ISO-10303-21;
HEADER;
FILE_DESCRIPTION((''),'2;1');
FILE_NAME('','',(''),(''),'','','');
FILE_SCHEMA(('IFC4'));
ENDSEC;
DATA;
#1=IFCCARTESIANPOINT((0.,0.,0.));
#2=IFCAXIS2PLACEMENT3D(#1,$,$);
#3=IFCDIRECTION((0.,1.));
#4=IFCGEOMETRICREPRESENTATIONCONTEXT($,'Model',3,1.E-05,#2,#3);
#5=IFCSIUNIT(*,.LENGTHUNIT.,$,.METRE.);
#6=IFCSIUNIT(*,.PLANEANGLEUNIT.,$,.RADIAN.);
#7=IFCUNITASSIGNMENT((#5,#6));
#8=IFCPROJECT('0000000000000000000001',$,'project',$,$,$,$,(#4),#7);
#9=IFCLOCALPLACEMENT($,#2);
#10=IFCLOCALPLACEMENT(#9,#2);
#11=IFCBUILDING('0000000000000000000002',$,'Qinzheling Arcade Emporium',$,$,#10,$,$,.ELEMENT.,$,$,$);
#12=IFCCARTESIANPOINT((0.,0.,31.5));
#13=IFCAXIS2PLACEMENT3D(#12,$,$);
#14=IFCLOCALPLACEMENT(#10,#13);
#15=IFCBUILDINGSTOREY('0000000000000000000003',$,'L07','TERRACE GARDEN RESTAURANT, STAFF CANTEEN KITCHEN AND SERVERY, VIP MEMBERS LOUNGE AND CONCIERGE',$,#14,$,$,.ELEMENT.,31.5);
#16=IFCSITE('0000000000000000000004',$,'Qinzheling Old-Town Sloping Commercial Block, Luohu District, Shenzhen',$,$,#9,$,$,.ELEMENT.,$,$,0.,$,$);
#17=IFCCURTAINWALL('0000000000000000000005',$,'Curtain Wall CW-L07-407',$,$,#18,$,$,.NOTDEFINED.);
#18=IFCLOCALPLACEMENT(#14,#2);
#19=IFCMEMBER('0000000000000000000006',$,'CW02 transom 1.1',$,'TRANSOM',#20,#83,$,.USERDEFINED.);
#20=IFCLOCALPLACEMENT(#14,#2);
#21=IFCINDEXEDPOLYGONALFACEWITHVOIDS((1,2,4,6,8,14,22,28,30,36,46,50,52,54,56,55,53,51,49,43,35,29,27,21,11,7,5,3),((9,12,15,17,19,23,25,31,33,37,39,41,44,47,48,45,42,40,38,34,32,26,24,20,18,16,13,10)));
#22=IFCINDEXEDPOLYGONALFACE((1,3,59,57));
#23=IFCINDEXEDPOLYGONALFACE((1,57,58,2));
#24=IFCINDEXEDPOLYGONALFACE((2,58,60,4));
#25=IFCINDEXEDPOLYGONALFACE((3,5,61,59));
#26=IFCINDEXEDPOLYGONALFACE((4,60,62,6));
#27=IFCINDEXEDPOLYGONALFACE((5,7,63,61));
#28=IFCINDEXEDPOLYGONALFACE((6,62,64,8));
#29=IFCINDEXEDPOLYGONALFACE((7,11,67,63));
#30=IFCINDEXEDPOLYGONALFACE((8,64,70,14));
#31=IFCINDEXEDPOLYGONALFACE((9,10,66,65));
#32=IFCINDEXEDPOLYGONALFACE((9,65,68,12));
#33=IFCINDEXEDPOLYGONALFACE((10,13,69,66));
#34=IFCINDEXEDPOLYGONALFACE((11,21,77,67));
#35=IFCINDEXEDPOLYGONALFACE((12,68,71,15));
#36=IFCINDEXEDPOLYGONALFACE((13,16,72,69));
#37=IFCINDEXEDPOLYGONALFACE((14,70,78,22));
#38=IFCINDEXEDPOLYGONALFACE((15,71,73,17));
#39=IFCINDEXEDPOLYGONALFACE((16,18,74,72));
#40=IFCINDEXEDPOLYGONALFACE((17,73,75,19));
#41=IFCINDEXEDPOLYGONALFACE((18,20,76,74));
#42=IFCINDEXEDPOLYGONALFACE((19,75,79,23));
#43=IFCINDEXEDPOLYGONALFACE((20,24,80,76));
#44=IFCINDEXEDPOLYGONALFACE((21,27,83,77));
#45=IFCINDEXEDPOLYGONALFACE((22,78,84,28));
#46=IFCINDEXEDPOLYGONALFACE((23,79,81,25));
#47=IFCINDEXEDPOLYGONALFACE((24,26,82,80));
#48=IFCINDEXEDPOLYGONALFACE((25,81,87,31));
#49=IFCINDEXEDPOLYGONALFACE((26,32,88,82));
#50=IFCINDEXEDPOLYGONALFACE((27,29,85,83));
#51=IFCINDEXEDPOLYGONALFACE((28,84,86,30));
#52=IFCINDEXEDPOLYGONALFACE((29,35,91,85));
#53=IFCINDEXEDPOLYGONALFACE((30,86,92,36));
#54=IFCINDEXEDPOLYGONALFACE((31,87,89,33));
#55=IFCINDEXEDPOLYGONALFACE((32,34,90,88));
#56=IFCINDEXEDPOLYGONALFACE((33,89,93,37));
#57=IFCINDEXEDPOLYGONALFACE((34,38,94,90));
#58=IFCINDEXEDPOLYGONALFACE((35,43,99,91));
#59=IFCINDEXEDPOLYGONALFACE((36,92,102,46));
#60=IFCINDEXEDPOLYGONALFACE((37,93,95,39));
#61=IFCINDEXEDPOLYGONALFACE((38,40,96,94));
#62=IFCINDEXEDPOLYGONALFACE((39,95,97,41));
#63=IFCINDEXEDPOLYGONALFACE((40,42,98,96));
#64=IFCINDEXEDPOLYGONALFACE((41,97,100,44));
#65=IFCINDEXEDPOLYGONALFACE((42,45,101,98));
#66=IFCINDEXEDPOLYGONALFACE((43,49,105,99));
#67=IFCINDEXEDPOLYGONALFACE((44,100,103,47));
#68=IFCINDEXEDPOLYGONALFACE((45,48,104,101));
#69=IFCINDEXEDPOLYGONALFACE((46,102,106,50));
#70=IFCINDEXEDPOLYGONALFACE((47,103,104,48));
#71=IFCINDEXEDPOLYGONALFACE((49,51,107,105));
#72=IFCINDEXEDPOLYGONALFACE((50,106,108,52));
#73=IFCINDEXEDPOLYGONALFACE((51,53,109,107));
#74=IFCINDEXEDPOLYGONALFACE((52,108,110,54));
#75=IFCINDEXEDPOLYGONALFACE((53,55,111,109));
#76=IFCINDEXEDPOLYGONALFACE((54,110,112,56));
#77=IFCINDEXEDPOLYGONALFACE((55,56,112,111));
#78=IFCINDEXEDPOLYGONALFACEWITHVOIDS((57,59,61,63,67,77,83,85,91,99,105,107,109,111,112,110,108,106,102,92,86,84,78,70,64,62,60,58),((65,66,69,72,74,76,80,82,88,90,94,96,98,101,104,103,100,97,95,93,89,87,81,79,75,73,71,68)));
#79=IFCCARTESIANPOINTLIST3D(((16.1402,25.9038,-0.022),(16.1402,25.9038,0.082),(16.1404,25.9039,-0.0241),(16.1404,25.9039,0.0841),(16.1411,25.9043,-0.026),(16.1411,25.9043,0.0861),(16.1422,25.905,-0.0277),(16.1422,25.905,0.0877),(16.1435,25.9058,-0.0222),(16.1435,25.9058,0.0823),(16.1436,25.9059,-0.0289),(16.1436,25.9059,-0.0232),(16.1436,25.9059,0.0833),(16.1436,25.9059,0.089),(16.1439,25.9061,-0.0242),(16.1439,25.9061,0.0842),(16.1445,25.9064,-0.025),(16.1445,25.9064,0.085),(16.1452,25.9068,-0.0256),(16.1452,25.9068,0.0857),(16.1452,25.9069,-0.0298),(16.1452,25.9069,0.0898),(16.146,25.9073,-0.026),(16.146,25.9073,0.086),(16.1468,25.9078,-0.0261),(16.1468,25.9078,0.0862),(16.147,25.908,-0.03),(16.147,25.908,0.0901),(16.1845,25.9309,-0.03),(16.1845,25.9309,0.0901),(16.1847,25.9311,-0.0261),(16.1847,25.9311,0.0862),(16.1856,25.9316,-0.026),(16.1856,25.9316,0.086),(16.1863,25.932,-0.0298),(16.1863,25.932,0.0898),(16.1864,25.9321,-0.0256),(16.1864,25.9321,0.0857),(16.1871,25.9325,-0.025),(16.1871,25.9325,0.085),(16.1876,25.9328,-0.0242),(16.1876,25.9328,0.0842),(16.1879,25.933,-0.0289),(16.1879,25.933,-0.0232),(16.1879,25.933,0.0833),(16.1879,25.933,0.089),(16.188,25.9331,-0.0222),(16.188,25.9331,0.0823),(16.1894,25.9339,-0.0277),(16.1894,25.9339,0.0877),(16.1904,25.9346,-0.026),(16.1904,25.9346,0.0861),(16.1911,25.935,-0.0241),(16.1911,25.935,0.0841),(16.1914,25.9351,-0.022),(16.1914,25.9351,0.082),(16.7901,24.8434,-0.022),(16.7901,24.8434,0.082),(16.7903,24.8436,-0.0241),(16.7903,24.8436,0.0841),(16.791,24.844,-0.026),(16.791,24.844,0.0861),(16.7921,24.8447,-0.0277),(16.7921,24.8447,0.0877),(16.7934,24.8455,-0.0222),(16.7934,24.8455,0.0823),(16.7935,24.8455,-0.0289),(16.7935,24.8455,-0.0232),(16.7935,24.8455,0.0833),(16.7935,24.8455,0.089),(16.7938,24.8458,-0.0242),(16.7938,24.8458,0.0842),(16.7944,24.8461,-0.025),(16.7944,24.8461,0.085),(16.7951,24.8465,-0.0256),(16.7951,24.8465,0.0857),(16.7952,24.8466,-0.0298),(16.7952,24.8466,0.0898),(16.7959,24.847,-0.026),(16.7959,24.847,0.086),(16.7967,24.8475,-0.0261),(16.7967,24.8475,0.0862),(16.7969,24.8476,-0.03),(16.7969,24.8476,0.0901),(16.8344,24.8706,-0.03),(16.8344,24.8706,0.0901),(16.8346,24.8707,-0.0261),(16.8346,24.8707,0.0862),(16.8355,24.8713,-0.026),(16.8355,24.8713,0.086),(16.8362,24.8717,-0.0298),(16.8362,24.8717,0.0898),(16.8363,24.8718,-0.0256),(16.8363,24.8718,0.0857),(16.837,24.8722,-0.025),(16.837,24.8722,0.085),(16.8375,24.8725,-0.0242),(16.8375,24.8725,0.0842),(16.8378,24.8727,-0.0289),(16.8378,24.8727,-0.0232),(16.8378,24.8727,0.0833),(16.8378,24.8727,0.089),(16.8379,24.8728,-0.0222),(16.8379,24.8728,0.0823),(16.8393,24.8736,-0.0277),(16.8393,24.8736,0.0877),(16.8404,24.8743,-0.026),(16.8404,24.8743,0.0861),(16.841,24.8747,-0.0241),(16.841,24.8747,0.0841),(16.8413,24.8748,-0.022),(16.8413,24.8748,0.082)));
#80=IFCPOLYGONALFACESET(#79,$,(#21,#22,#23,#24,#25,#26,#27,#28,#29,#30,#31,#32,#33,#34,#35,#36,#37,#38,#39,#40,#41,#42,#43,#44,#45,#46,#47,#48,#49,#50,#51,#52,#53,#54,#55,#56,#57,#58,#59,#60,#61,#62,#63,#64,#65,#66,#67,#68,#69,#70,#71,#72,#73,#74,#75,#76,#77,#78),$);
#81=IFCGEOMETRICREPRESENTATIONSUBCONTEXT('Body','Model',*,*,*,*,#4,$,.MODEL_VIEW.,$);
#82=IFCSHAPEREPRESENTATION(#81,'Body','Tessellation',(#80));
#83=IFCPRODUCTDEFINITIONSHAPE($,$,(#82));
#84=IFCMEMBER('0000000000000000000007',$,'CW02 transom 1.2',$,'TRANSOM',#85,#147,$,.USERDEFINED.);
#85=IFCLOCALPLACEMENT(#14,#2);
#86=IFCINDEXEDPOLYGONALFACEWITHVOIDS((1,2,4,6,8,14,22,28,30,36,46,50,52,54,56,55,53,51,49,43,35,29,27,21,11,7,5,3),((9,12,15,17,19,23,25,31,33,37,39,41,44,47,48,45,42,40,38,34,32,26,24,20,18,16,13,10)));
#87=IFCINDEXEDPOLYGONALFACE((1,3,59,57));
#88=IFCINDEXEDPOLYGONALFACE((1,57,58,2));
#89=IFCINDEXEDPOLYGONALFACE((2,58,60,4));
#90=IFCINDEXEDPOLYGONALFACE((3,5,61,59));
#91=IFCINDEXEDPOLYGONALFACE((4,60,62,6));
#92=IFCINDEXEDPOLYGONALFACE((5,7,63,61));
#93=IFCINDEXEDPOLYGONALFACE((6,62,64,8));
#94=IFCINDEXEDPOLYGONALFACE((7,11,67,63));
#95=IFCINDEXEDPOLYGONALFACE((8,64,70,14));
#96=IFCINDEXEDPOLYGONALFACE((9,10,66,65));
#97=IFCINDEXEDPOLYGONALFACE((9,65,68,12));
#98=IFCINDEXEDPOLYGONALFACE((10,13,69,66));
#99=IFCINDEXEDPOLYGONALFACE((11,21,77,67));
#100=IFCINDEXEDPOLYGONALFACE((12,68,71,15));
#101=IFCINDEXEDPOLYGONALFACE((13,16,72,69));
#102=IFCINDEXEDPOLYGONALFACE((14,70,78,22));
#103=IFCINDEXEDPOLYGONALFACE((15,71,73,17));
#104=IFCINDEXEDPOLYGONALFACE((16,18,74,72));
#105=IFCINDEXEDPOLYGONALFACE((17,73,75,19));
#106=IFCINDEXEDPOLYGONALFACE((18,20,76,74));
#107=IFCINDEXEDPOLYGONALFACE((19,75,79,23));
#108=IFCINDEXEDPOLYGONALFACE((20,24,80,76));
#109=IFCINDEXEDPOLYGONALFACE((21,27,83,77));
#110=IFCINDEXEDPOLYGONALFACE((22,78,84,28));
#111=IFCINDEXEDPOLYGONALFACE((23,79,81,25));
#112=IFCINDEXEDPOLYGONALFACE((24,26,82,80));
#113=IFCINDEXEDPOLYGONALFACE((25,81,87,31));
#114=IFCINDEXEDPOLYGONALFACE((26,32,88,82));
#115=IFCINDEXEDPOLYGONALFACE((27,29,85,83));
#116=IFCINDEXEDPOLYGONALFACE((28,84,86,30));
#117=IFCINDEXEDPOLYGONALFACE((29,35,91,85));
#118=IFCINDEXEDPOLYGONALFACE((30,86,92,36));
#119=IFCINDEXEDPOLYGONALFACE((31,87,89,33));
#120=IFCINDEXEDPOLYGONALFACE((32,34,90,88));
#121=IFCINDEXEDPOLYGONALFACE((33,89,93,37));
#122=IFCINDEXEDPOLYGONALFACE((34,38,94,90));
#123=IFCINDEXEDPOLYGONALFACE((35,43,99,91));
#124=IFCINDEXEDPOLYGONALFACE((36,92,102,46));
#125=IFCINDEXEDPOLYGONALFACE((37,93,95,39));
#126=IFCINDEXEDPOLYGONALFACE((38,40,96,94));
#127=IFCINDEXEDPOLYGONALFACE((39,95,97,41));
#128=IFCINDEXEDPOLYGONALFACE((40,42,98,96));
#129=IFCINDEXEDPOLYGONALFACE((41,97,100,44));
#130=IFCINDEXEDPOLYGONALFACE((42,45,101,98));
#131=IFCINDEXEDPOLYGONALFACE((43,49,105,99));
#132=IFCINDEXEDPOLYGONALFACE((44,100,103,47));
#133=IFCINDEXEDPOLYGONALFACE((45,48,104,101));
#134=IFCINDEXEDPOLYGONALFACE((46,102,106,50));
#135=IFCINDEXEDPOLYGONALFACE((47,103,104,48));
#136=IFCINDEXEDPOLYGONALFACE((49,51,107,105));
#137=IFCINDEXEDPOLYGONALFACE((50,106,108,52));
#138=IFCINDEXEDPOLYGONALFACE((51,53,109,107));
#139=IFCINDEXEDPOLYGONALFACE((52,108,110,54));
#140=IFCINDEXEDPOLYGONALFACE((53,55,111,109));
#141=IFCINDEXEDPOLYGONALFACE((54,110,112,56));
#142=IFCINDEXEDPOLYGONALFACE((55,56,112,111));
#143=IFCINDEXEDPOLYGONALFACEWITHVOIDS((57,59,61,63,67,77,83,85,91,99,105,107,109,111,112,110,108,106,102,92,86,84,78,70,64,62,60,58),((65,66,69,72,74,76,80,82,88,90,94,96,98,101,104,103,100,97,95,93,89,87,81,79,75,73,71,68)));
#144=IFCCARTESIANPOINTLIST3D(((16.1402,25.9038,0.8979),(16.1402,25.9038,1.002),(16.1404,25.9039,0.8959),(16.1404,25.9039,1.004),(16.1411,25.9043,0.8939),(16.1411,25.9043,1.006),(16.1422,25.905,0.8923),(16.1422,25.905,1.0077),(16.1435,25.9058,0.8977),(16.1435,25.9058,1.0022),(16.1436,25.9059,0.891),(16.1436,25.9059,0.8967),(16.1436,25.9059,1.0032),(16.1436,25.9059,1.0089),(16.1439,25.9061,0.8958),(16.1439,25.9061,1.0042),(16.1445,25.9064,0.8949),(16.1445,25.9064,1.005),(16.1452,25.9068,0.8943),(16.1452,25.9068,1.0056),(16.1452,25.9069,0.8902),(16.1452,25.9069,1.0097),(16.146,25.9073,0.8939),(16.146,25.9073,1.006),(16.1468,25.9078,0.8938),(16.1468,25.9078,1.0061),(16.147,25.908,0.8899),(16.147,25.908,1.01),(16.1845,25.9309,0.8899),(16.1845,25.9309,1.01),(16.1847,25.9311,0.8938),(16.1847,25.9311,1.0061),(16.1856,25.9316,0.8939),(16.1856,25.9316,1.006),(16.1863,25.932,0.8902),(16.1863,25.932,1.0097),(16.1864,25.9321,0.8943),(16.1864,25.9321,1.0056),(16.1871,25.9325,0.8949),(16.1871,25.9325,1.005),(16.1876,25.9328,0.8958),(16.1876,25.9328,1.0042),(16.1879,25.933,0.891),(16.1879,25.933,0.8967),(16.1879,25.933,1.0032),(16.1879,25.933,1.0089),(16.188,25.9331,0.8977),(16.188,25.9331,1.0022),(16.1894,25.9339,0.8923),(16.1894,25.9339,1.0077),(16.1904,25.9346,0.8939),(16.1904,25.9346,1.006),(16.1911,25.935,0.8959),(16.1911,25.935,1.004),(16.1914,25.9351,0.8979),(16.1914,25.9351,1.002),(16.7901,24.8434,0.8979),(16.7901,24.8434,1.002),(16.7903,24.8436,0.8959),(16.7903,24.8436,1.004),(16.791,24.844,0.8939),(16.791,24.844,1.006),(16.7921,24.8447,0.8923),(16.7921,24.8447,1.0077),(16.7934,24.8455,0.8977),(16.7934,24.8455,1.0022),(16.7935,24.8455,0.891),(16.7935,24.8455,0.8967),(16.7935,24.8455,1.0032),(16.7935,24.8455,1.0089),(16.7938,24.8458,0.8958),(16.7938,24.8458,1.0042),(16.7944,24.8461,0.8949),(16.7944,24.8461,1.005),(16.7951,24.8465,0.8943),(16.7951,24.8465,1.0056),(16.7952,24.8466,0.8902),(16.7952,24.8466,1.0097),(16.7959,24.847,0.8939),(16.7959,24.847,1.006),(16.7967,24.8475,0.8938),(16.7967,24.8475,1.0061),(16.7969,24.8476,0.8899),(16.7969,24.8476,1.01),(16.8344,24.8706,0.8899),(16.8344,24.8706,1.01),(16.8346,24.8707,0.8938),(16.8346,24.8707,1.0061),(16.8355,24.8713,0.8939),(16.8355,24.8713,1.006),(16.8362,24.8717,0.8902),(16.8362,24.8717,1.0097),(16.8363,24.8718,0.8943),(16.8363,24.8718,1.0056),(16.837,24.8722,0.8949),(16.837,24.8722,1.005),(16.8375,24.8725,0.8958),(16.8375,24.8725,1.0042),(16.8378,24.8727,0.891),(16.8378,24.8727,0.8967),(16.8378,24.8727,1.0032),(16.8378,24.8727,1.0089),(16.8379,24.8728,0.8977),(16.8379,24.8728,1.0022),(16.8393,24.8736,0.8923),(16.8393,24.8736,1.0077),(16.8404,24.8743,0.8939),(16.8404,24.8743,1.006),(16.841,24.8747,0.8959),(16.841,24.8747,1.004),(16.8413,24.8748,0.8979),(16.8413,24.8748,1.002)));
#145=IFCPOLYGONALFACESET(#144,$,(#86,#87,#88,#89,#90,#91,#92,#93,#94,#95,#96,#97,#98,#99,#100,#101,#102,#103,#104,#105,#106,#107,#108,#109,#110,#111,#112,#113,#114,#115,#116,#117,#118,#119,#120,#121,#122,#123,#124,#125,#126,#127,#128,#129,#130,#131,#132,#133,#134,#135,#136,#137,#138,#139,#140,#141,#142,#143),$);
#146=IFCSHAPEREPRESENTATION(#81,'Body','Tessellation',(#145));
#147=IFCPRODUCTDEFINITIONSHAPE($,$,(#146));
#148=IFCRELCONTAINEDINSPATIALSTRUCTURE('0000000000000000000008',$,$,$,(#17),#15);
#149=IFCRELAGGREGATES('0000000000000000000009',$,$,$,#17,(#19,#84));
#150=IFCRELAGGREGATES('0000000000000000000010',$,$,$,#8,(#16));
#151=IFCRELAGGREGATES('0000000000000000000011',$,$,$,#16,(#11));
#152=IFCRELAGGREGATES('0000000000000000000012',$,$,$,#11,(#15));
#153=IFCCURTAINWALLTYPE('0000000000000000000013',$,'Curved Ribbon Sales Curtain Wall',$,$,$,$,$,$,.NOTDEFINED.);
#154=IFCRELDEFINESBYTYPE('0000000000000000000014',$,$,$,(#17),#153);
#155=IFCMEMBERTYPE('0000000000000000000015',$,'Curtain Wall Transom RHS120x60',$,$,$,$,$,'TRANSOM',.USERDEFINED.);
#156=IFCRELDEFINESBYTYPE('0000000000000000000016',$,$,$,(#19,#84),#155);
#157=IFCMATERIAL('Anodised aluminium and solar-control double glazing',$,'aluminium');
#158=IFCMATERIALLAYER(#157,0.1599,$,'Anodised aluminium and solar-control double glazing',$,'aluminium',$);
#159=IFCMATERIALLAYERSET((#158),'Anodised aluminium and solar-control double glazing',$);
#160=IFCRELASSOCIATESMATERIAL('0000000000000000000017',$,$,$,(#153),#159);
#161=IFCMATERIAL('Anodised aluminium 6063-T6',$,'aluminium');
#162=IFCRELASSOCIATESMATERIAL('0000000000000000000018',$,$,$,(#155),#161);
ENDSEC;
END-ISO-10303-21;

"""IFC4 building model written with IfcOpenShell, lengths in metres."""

from ifc_helpers import new_model, si_unit, direction, frame, origin, origin_2d, place, context, subcontext, project, spatial, hollow_rectangle, extrude, material, layer, layer_set, material_profile, profile_set, type_object, element, aggregate, save


model = new_model("IFC4")

# Units and contexts
model_context = context("Model", 3, precision=1e-05, world=origin(), true_north=direction((0.0, 1.0)))
body_context = subcontext(model_context, "Body", "Model", "MODEL_VIEW")
ifc_project = project(units=[si_unit("LENGTHUNIT", "METRE"), si_unit("PLANEANGLEUNIT", "RADIAN")], contexts=[model_context])

# Site, building, storey
site_placement = place(None, origin())
site = spatial("IfcSite", under=ifc_project, at=site_placement, Name="Qinzheling Old-Town Sloping Commercial Block, Luohu District, Shenzhen", CompositionType="ELEMENT", RefElevation=0.0)
building_placement = place(site_placement, origin())
building = spatial("IfcBuilding", under=site, at=building_placement, Name="Qinzheling Arcade Emporium", CompositionType="ELEMENT")
storey_placement = place(building_placement, frame((0.0, 0.0, 31.5)))
storey = spatial("IfcBuildingStorey", under=building, at=storey_placement, Name="L07", Description="TERRACE GARDEN RESTAURANT, STAFF CANTEEN KITCHEN AND SERVERY, VIP MEMBERS LOUNGE AND CONCIERGE", CompositionType="ELEMENT", Elevation=31.5)

# Curtain wall
ifc_material_1 = material(Name="Anodised aluminium and solar-control double glazing", Category="aluminium")
ifc_layer_1 = layer(ifc_material_1, 0.1599, Name="Anodised aluminium and solar-control double glazing", Category="aluminium")
ifc_layer_set_1 = layer_set([ifc_layer_1], Name="Anodised aluminium and solar-control double glazing")
curtain_wall_type = type_object("IfcCurtainWallType", Name="Curved Ribbon Sales Curtain Wall", PredefinedType="NOTDEFINED", material=ifc_layer_set_1)
curtain_wall_1_placement = place(storey_placement, origin())
curtain_wall_1 = element("IfcCurtainWall", 1, at=curtain_wall_1_placement, inside=storey, type_object=curtain_wall_type, Name="Curtain Wall CW-L07-407", PredefinedType="NOTDEFINED")
ifc_material_2 = material(Name="Anodised aluminium 6063-T6", Category="aluminium")

# Members
ifc_material_profile_1 = material_profile(ifc_material_2, hollow_rectangle(XDim=0.0601, YDim=0.1201, WallThickness=0.0039, InnerFilletRadius=0.0039, OuterFilletRadius=0.0081, at=origin_2d()), Name="RHS 120x60x4", Category="aluminium")
ifc_profile_set_1 = profile_set([ifc_material_profile_1], Name="Anodised aluminium 6063-T6")
member_type_1 = type_object("IfcMemberType", Name="Curtain Wall Transom RHS120x60", ElementType="TRANSOM", PredefinedType="USERDEFINED", material=ifc_profile_set_1)
member_1_placement = place(storey_placement, frame((16.8157, 24.8591, 0.03), z_axis=(-0.522585, 0.852587, 0.0), x_axis=(-0.852587, -0.522585, 0.0)))
member_1 = element("IfcMember", 2, at=member_1_placement, type_object=member_type_1, Name="CW02 transom 1.1", ObjectType="TRANSOM", PredefinedType="USERDEFINED", context=body_context, shape_type="SweptSolid", body=[
    extrude(hollow_rectangle(XDim=0.0601, YDim=0.1201, WallThickness=0.0039, InnerFilletRadius=0.0039, OuterFilletRadius=0.0081, at=origin_2d()), origin(), (0.0, 0.0, 1.0), 1.2437),
])
member_2_placement = place(storey_placement, frame((16.8157, 24.8591, 0.95), z_axis=(-0.522585, 0.852587, 0.0), x_axis=(-0.852587, -0.522585, 0.0)))
member_2 = element("IfcMember", 3, at=member_2_placement, type_object=member_type_1, Name="CW02 transom 1.2", ObjectType="TRANSOM", PredefinedType="USERDEFINED", context=body_context, shape_type="SweptSolid", body=[
    extrude(hollow_rectangle(XDim=0.0601, YDim=0.1201, WallThickness=0.0039, InnerFilletRadius=0.0039, OuterFilletRadius=0.0081, at=origin_2d()), origin(), (0.0, 0.0, 1.0), 1.2437),
])

aggregate(curtain_wall_1, [member_1, member_2])

save(model, "model.ifc")
